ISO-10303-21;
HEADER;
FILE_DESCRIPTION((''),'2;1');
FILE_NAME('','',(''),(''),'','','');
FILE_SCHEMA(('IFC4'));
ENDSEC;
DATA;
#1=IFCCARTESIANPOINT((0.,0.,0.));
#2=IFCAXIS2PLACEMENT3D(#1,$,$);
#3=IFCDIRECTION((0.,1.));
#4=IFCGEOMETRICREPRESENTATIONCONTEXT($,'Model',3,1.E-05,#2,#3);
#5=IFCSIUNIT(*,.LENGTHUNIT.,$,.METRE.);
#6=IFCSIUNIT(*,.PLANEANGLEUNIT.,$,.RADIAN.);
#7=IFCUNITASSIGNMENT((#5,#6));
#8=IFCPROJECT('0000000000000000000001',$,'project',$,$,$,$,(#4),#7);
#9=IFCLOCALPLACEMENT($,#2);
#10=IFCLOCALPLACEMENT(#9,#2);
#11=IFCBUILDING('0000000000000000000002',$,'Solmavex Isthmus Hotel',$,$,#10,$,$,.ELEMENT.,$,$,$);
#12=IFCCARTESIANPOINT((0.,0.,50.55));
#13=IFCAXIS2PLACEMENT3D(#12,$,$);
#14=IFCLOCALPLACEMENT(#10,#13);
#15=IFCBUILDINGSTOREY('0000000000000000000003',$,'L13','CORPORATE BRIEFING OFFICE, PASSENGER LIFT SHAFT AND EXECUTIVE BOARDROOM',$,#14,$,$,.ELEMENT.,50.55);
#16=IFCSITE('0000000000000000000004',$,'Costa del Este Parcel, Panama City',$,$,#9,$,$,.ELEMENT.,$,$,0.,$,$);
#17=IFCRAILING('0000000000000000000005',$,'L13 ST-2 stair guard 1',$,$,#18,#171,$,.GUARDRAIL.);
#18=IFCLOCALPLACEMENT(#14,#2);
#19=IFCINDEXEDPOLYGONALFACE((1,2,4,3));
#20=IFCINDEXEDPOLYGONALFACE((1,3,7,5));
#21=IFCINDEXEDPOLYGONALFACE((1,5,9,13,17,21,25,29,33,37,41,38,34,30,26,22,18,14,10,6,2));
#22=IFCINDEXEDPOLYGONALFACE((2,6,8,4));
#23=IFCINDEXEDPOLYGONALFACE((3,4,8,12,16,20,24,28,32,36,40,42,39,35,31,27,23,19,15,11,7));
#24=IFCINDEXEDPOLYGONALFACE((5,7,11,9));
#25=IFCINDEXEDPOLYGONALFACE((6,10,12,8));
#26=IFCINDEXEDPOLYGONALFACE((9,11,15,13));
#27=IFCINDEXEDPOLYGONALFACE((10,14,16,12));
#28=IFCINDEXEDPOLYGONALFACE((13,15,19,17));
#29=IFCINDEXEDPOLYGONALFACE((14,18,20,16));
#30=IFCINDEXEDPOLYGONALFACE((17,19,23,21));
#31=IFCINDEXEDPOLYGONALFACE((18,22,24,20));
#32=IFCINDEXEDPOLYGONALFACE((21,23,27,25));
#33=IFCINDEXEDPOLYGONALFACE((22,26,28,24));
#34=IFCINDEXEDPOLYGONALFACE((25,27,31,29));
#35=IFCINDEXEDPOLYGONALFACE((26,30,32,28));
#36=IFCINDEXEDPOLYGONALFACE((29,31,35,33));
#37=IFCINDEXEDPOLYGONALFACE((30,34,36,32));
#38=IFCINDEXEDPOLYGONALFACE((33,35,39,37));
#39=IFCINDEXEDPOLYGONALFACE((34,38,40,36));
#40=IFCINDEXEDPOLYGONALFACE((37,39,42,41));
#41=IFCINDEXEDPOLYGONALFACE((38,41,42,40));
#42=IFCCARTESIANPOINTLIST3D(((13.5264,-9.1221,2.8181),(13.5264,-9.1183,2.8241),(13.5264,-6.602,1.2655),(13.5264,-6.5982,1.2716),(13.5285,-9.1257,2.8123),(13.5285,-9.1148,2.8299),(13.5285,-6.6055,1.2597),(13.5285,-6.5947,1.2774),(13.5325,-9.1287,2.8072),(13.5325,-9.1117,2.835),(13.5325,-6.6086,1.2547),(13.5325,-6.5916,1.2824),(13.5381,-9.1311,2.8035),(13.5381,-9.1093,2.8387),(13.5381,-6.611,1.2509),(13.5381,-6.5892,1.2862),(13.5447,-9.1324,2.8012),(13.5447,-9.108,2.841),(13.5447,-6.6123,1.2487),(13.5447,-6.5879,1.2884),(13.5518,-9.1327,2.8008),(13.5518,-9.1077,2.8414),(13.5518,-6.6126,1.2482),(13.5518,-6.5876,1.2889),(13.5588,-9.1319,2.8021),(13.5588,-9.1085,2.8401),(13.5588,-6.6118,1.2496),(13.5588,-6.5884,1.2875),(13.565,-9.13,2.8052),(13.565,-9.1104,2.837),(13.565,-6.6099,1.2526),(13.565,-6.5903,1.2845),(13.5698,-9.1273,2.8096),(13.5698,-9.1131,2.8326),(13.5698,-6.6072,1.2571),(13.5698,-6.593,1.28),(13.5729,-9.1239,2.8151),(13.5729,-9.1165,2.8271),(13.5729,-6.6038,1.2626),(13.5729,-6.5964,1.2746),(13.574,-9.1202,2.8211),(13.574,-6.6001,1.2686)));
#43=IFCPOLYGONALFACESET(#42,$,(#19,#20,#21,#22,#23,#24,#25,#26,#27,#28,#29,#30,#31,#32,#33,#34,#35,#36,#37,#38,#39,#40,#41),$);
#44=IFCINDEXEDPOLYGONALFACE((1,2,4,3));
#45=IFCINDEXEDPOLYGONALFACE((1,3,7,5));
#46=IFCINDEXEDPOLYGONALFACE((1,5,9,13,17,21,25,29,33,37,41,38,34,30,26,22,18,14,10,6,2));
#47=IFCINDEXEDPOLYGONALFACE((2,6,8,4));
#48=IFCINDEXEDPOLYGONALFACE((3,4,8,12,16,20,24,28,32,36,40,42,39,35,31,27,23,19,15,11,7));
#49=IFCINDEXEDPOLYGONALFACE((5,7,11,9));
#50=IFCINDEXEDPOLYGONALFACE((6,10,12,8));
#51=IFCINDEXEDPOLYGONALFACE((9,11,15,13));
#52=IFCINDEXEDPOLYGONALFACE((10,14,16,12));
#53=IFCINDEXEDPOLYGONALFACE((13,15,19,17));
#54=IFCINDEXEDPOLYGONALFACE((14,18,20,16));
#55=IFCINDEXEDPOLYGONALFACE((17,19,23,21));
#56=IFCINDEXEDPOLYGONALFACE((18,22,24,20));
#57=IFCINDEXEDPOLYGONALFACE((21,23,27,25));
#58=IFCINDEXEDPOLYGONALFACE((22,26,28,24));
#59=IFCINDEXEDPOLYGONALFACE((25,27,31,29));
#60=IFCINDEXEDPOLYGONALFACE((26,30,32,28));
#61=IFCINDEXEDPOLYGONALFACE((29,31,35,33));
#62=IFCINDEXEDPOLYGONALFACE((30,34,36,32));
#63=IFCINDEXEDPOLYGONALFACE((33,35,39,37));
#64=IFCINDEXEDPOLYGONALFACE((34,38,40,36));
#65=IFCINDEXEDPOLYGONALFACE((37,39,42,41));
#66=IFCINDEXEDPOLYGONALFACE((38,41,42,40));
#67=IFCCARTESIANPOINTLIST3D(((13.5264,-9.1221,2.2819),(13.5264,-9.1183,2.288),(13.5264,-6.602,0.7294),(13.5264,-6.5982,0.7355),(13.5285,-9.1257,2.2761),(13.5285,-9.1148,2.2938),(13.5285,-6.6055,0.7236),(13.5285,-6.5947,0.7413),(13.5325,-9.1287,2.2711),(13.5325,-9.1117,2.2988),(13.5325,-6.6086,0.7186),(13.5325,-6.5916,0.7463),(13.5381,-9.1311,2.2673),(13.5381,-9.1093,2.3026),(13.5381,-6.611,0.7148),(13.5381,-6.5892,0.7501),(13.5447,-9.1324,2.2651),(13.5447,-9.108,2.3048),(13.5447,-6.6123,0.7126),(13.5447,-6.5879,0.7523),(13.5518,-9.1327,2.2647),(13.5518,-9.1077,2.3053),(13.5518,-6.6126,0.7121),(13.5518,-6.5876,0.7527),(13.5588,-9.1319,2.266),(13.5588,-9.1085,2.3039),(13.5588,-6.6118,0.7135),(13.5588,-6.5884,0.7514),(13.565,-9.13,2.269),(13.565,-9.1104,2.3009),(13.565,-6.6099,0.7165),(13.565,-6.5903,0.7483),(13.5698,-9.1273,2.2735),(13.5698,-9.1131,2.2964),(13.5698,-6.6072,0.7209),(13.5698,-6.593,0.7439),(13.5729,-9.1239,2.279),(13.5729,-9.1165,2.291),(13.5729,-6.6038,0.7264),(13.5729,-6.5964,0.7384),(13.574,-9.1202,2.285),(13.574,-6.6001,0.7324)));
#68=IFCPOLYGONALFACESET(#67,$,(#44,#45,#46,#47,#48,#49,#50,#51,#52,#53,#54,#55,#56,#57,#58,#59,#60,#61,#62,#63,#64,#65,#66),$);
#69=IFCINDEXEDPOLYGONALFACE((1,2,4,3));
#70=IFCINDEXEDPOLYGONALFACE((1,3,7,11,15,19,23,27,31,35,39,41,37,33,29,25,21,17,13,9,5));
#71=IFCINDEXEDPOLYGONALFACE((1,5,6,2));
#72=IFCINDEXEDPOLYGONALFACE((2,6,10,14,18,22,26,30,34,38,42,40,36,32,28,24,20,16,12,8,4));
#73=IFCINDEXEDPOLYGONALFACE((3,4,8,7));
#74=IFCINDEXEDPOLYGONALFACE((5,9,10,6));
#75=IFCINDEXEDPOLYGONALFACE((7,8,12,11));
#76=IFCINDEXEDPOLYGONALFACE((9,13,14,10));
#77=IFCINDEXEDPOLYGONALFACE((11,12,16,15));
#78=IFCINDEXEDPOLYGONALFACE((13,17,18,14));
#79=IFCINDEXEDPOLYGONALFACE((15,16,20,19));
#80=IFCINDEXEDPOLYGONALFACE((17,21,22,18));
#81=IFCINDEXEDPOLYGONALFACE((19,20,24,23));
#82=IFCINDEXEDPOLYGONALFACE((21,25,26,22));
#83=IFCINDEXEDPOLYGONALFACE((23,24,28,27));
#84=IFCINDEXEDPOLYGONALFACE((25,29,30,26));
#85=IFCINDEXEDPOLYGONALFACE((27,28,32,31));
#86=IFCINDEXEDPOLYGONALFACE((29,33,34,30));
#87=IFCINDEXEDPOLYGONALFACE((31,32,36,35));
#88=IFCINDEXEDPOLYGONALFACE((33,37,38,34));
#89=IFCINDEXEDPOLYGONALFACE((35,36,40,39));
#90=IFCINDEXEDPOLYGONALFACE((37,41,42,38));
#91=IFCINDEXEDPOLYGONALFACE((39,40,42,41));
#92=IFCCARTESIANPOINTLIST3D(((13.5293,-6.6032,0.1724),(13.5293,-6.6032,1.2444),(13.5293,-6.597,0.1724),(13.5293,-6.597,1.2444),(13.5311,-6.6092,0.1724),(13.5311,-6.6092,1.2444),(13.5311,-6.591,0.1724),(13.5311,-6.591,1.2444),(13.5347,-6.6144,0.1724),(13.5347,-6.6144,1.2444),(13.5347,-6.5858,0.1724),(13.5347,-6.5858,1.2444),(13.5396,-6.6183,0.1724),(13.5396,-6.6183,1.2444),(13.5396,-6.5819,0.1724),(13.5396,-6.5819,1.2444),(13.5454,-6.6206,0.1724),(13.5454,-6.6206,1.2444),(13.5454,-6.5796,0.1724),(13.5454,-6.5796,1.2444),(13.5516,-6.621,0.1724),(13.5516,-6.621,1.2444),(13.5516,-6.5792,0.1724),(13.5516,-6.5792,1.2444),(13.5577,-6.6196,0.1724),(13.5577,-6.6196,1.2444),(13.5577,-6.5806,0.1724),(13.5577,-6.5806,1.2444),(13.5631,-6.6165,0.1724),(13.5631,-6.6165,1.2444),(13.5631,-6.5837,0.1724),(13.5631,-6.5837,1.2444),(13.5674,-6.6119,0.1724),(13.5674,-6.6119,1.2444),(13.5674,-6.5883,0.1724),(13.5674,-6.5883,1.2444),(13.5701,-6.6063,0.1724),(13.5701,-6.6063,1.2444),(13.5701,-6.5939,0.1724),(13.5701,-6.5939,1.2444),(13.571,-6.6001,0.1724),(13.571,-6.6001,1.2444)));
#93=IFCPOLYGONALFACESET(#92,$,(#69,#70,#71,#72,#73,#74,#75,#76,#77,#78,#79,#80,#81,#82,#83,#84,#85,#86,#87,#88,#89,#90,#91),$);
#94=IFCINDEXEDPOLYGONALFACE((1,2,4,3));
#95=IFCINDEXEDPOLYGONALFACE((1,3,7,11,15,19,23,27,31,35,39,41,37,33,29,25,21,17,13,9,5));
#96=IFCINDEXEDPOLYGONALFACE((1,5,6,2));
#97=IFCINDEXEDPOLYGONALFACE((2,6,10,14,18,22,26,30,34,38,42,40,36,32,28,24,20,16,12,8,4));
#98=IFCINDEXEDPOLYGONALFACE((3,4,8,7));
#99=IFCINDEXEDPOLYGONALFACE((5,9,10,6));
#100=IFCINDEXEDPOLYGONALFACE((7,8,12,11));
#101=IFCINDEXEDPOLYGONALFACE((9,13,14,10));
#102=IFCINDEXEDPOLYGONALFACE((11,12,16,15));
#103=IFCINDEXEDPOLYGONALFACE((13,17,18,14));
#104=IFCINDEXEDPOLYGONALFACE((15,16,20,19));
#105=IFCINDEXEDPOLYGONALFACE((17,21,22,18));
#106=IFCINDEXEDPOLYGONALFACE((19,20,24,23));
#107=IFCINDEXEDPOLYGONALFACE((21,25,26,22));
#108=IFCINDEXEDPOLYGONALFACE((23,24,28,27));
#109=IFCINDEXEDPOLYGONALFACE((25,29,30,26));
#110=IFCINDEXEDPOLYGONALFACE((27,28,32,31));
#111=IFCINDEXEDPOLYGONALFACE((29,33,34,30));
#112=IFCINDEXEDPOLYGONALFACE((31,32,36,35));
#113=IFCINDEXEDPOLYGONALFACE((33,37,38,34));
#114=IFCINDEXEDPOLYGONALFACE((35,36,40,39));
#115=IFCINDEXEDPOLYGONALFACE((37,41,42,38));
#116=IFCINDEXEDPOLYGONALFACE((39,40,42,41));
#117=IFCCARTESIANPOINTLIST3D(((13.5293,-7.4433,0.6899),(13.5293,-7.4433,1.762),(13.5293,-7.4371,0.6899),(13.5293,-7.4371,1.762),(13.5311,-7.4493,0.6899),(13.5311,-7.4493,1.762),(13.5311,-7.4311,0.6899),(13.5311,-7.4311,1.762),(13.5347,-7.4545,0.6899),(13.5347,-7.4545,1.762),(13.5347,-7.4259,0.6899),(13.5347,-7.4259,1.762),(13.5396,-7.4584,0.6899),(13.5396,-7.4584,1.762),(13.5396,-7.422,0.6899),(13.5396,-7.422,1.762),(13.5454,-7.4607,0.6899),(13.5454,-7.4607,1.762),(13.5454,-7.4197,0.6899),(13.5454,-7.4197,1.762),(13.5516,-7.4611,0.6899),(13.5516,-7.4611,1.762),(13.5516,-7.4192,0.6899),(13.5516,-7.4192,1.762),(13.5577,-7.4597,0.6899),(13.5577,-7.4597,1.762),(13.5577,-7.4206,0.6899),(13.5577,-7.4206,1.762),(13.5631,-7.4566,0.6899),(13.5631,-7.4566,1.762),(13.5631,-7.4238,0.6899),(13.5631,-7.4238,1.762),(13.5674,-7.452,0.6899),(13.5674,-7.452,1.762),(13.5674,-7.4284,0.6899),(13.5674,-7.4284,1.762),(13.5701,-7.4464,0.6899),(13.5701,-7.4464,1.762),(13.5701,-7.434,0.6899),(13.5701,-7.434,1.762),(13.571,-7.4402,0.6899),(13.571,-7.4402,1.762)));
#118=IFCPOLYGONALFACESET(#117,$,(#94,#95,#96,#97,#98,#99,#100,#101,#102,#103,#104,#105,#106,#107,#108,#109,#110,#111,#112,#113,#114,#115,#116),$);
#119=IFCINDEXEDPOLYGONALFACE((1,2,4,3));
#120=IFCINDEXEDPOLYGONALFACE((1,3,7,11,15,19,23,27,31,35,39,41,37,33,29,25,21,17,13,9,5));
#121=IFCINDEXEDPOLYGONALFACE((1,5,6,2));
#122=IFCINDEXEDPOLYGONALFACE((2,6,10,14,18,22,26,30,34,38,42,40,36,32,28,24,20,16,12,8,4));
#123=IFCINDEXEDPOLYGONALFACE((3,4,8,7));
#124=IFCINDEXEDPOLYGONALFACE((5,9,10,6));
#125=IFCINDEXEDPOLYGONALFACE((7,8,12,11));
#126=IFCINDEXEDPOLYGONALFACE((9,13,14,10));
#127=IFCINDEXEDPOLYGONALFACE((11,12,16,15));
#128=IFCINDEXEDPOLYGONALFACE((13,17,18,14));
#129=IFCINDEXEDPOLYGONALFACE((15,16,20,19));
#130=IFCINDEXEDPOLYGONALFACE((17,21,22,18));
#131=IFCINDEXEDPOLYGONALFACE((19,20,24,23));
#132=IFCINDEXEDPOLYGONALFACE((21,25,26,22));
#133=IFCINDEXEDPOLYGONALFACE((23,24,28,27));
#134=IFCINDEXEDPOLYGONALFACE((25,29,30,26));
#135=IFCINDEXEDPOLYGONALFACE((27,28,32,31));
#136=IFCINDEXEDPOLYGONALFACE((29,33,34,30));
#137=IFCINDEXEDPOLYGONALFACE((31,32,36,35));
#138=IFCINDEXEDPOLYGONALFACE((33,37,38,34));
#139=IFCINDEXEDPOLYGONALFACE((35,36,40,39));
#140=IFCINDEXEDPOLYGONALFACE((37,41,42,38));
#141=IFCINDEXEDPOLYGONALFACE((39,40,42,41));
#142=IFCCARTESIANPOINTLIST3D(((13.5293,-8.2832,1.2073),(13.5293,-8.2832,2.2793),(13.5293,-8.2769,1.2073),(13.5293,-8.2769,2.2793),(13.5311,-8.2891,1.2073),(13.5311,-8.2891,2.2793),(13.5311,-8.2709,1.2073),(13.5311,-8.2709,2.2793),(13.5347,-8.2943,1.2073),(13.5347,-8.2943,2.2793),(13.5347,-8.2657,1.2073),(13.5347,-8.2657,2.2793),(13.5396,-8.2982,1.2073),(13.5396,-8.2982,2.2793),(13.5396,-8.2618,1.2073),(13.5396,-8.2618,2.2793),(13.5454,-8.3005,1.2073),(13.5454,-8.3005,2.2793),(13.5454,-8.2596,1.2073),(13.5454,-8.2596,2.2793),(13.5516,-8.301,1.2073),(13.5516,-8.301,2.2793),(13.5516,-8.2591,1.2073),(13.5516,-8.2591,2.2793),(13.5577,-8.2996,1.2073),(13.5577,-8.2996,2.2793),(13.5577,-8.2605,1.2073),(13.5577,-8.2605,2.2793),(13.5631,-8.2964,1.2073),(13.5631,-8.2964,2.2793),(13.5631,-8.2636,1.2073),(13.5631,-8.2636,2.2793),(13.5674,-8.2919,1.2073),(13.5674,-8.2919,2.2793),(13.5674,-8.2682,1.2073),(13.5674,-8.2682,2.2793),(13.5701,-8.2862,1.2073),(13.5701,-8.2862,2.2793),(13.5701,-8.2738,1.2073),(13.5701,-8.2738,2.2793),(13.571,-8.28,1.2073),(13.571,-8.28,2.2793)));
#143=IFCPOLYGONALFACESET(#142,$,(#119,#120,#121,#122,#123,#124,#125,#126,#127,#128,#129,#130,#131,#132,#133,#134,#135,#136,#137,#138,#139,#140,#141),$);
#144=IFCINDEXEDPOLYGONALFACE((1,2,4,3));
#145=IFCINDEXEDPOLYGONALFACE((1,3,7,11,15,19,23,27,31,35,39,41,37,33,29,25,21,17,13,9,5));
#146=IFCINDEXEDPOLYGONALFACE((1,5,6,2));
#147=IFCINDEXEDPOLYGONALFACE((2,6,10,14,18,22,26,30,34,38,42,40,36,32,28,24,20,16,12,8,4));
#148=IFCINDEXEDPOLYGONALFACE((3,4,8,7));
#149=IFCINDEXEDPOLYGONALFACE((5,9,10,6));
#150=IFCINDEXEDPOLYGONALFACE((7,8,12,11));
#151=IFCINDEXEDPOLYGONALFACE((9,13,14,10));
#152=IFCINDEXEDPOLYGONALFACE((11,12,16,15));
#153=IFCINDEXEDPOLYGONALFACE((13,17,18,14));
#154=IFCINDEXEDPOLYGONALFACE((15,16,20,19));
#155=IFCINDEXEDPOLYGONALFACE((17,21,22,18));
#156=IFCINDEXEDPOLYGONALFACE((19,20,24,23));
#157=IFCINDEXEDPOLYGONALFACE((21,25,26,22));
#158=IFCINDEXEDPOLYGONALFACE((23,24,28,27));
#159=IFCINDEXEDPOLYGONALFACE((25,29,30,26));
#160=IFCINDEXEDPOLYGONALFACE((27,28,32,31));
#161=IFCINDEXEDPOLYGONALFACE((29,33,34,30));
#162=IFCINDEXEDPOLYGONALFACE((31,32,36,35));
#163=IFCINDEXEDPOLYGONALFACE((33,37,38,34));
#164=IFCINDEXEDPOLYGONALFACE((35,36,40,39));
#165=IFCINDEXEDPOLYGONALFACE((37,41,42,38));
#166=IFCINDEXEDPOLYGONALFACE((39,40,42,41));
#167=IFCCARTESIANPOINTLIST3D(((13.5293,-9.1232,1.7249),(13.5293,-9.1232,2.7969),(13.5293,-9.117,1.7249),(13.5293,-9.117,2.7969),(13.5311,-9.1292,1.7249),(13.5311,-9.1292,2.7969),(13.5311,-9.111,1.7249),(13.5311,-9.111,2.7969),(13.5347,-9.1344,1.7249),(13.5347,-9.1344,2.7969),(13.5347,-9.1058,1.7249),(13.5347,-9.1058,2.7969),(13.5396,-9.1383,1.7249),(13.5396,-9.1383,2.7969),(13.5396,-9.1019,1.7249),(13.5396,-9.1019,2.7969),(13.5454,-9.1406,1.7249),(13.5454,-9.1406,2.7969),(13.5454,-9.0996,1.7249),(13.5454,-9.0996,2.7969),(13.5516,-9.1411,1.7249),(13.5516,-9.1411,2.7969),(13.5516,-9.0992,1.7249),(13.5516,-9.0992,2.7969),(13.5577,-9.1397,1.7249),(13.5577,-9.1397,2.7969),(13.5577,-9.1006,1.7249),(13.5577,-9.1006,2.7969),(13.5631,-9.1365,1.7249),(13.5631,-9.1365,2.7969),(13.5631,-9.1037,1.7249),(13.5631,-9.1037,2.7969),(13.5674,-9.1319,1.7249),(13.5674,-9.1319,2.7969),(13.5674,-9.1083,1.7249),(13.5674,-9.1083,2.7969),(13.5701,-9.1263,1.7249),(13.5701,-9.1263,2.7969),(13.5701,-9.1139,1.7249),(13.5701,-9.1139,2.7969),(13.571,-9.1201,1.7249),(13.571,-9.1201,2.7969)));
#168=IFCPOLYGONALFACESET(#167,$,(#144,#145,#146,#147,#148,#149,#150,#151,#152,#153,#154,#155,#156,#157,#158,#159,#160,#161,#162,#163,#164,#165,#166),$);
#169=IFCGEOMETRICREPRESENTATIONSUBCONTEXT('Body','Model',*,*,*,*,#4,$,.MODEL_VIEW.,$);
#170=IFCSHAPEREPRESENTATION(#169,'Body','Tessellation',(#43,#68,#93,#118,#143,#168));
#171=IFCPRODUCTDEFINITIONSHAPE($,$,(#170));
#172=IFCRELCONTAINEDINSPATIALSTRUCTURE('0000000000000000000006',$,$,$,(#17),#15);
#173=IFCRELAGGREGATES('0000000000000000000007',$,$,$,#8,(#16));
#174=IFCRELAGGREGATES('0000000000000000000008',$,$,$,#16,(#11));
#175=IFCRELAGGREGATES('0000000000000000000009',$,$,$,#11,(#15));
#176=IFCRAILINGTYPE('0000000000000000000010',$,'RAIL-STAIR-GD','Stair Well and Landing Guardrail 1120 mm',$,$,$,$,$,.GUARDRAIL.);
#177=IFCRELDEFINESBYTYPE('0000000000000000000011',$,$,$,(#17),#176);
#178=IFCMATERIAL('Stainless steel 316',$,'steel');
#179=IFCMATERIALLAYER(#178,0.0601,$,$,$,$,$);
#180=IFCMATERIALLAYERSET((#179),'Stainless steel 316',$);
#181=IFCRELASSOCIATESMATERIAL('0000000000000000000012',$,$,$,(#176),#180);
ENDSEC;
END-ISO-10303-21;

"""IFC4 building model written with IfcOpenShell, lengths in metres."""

from ifc_helpers import new_model, si_unit, direction, frame, origin, origin_2d, place, context, subcontext, project, spatial, circle, extrude, material, layer, layer_set, type_object, element, save


model = new_model("IFC4")

# Units and contexts
model_context = context("Model", 3, precision=1e-05, world=origin(), true_north=direction((0.0, 1.0)))
body_context = subcontext(model_context, "Body", "Model", "MODEL_VIEW")
ifc_project = project(units=[si_unit("LENGTHUNIT", "METRE"), si_unit("PLANEANGLEUNIT", "RADIAN")], contexts=[model_context])

# Site, building, storey
site_placement = place(None, origin())
site = spatial("IfcSite", under=ifc_project, at=site_placement, Name="Costa del Este Parcel, Panama City", CompositionType="ELEMENT", RefElevation=0.0)
building_placement = place(site_placement, origin())
building = spatial("IfcBuilding", under=site, at=building_placement, Name="Solmavex Isthmus Hotel", CompositionType="ELEMENT")
storey_placement = place(building_placement, frame((0.0, 0.0, 50.55)))
storey = spatial("IfcBuildingStorey", under=building, at=storey_placement, Name="L13", Description="CORPORATE BRIEFING OFFICE, PASSENGER LIFT SHAFT AND EXECUTIVE BOARDROOM", CompositionType="ELEMENT", Elevation=50.55)

# Railing
ifc_material_1 = material(Name="Stainless steel 316", Category="steel")
ifc_layer_1 = layer(ifc_material_1, 0.0601)
ifc_layer_set_1 = layer_set([ifc_layer_1], Name="Stainless steel 316")
railing_type_1 = type_object("IfcRailingType", Name="RAIL-STAIR-GD", Description="Stair Well and Landing Guardrail 1120 mm", PredefinedType="GUARDRAIL", material=ifc_layer_set_1)
railing_1_placement = place(storey_placement, frame((13.55, -6.6001, 0.1724)))
element("IfcRailing", 1, at=railing_1_placement, inside=storey, type_object=railing_type_1, Name="L13 ST-2 stair guard 1", PredefinedType="GUARDRAIL", context=body_context, shape_type="SweptSolid", body=[
    extrude(circle(Radius=0.0239, at=origin_2d()), frame((0.0, 0.0, 1.0962), z_axis=(0.0, -0.8514, 0.524516), x_axis=(1.0, 0.0, 0.0)), (0.0, 0.0, 1.0), 2.96),
    extrude(circle(Radius=0.0239, at=origin_2d()), frame((0.0, 0.0, 0.5601), z_axis=(0.0, -0.8514, 0.524516), x_axis=(1.0, 0.0, 0.0)), (0.0, 0.0, 1.0), 2.96),
    extrude(circle(Radius=0.021, at=origin_2d()), origin(), (0.0, 0.0, 1.0), 1.072),
    extrude(circle(Radius=0.021, at=origin_2d()), frame((0.0, -0.8401, 0.5176)), (0.0, 0.0, 1.0), 1.072),
    extrude(circle(Radius=0.021, at=origin_2d()), frame((0.0, -1.6799, 1.0349)), (0.0, 0.0, 1.0), 1.072),
    extrude(circle(Radius=0.021, at=origin_2d()), frame((0.0, -2.52, 1.5525)), (0.0, 0.0, 1.0), 1.072),
])

save(model, "model.ifc")
